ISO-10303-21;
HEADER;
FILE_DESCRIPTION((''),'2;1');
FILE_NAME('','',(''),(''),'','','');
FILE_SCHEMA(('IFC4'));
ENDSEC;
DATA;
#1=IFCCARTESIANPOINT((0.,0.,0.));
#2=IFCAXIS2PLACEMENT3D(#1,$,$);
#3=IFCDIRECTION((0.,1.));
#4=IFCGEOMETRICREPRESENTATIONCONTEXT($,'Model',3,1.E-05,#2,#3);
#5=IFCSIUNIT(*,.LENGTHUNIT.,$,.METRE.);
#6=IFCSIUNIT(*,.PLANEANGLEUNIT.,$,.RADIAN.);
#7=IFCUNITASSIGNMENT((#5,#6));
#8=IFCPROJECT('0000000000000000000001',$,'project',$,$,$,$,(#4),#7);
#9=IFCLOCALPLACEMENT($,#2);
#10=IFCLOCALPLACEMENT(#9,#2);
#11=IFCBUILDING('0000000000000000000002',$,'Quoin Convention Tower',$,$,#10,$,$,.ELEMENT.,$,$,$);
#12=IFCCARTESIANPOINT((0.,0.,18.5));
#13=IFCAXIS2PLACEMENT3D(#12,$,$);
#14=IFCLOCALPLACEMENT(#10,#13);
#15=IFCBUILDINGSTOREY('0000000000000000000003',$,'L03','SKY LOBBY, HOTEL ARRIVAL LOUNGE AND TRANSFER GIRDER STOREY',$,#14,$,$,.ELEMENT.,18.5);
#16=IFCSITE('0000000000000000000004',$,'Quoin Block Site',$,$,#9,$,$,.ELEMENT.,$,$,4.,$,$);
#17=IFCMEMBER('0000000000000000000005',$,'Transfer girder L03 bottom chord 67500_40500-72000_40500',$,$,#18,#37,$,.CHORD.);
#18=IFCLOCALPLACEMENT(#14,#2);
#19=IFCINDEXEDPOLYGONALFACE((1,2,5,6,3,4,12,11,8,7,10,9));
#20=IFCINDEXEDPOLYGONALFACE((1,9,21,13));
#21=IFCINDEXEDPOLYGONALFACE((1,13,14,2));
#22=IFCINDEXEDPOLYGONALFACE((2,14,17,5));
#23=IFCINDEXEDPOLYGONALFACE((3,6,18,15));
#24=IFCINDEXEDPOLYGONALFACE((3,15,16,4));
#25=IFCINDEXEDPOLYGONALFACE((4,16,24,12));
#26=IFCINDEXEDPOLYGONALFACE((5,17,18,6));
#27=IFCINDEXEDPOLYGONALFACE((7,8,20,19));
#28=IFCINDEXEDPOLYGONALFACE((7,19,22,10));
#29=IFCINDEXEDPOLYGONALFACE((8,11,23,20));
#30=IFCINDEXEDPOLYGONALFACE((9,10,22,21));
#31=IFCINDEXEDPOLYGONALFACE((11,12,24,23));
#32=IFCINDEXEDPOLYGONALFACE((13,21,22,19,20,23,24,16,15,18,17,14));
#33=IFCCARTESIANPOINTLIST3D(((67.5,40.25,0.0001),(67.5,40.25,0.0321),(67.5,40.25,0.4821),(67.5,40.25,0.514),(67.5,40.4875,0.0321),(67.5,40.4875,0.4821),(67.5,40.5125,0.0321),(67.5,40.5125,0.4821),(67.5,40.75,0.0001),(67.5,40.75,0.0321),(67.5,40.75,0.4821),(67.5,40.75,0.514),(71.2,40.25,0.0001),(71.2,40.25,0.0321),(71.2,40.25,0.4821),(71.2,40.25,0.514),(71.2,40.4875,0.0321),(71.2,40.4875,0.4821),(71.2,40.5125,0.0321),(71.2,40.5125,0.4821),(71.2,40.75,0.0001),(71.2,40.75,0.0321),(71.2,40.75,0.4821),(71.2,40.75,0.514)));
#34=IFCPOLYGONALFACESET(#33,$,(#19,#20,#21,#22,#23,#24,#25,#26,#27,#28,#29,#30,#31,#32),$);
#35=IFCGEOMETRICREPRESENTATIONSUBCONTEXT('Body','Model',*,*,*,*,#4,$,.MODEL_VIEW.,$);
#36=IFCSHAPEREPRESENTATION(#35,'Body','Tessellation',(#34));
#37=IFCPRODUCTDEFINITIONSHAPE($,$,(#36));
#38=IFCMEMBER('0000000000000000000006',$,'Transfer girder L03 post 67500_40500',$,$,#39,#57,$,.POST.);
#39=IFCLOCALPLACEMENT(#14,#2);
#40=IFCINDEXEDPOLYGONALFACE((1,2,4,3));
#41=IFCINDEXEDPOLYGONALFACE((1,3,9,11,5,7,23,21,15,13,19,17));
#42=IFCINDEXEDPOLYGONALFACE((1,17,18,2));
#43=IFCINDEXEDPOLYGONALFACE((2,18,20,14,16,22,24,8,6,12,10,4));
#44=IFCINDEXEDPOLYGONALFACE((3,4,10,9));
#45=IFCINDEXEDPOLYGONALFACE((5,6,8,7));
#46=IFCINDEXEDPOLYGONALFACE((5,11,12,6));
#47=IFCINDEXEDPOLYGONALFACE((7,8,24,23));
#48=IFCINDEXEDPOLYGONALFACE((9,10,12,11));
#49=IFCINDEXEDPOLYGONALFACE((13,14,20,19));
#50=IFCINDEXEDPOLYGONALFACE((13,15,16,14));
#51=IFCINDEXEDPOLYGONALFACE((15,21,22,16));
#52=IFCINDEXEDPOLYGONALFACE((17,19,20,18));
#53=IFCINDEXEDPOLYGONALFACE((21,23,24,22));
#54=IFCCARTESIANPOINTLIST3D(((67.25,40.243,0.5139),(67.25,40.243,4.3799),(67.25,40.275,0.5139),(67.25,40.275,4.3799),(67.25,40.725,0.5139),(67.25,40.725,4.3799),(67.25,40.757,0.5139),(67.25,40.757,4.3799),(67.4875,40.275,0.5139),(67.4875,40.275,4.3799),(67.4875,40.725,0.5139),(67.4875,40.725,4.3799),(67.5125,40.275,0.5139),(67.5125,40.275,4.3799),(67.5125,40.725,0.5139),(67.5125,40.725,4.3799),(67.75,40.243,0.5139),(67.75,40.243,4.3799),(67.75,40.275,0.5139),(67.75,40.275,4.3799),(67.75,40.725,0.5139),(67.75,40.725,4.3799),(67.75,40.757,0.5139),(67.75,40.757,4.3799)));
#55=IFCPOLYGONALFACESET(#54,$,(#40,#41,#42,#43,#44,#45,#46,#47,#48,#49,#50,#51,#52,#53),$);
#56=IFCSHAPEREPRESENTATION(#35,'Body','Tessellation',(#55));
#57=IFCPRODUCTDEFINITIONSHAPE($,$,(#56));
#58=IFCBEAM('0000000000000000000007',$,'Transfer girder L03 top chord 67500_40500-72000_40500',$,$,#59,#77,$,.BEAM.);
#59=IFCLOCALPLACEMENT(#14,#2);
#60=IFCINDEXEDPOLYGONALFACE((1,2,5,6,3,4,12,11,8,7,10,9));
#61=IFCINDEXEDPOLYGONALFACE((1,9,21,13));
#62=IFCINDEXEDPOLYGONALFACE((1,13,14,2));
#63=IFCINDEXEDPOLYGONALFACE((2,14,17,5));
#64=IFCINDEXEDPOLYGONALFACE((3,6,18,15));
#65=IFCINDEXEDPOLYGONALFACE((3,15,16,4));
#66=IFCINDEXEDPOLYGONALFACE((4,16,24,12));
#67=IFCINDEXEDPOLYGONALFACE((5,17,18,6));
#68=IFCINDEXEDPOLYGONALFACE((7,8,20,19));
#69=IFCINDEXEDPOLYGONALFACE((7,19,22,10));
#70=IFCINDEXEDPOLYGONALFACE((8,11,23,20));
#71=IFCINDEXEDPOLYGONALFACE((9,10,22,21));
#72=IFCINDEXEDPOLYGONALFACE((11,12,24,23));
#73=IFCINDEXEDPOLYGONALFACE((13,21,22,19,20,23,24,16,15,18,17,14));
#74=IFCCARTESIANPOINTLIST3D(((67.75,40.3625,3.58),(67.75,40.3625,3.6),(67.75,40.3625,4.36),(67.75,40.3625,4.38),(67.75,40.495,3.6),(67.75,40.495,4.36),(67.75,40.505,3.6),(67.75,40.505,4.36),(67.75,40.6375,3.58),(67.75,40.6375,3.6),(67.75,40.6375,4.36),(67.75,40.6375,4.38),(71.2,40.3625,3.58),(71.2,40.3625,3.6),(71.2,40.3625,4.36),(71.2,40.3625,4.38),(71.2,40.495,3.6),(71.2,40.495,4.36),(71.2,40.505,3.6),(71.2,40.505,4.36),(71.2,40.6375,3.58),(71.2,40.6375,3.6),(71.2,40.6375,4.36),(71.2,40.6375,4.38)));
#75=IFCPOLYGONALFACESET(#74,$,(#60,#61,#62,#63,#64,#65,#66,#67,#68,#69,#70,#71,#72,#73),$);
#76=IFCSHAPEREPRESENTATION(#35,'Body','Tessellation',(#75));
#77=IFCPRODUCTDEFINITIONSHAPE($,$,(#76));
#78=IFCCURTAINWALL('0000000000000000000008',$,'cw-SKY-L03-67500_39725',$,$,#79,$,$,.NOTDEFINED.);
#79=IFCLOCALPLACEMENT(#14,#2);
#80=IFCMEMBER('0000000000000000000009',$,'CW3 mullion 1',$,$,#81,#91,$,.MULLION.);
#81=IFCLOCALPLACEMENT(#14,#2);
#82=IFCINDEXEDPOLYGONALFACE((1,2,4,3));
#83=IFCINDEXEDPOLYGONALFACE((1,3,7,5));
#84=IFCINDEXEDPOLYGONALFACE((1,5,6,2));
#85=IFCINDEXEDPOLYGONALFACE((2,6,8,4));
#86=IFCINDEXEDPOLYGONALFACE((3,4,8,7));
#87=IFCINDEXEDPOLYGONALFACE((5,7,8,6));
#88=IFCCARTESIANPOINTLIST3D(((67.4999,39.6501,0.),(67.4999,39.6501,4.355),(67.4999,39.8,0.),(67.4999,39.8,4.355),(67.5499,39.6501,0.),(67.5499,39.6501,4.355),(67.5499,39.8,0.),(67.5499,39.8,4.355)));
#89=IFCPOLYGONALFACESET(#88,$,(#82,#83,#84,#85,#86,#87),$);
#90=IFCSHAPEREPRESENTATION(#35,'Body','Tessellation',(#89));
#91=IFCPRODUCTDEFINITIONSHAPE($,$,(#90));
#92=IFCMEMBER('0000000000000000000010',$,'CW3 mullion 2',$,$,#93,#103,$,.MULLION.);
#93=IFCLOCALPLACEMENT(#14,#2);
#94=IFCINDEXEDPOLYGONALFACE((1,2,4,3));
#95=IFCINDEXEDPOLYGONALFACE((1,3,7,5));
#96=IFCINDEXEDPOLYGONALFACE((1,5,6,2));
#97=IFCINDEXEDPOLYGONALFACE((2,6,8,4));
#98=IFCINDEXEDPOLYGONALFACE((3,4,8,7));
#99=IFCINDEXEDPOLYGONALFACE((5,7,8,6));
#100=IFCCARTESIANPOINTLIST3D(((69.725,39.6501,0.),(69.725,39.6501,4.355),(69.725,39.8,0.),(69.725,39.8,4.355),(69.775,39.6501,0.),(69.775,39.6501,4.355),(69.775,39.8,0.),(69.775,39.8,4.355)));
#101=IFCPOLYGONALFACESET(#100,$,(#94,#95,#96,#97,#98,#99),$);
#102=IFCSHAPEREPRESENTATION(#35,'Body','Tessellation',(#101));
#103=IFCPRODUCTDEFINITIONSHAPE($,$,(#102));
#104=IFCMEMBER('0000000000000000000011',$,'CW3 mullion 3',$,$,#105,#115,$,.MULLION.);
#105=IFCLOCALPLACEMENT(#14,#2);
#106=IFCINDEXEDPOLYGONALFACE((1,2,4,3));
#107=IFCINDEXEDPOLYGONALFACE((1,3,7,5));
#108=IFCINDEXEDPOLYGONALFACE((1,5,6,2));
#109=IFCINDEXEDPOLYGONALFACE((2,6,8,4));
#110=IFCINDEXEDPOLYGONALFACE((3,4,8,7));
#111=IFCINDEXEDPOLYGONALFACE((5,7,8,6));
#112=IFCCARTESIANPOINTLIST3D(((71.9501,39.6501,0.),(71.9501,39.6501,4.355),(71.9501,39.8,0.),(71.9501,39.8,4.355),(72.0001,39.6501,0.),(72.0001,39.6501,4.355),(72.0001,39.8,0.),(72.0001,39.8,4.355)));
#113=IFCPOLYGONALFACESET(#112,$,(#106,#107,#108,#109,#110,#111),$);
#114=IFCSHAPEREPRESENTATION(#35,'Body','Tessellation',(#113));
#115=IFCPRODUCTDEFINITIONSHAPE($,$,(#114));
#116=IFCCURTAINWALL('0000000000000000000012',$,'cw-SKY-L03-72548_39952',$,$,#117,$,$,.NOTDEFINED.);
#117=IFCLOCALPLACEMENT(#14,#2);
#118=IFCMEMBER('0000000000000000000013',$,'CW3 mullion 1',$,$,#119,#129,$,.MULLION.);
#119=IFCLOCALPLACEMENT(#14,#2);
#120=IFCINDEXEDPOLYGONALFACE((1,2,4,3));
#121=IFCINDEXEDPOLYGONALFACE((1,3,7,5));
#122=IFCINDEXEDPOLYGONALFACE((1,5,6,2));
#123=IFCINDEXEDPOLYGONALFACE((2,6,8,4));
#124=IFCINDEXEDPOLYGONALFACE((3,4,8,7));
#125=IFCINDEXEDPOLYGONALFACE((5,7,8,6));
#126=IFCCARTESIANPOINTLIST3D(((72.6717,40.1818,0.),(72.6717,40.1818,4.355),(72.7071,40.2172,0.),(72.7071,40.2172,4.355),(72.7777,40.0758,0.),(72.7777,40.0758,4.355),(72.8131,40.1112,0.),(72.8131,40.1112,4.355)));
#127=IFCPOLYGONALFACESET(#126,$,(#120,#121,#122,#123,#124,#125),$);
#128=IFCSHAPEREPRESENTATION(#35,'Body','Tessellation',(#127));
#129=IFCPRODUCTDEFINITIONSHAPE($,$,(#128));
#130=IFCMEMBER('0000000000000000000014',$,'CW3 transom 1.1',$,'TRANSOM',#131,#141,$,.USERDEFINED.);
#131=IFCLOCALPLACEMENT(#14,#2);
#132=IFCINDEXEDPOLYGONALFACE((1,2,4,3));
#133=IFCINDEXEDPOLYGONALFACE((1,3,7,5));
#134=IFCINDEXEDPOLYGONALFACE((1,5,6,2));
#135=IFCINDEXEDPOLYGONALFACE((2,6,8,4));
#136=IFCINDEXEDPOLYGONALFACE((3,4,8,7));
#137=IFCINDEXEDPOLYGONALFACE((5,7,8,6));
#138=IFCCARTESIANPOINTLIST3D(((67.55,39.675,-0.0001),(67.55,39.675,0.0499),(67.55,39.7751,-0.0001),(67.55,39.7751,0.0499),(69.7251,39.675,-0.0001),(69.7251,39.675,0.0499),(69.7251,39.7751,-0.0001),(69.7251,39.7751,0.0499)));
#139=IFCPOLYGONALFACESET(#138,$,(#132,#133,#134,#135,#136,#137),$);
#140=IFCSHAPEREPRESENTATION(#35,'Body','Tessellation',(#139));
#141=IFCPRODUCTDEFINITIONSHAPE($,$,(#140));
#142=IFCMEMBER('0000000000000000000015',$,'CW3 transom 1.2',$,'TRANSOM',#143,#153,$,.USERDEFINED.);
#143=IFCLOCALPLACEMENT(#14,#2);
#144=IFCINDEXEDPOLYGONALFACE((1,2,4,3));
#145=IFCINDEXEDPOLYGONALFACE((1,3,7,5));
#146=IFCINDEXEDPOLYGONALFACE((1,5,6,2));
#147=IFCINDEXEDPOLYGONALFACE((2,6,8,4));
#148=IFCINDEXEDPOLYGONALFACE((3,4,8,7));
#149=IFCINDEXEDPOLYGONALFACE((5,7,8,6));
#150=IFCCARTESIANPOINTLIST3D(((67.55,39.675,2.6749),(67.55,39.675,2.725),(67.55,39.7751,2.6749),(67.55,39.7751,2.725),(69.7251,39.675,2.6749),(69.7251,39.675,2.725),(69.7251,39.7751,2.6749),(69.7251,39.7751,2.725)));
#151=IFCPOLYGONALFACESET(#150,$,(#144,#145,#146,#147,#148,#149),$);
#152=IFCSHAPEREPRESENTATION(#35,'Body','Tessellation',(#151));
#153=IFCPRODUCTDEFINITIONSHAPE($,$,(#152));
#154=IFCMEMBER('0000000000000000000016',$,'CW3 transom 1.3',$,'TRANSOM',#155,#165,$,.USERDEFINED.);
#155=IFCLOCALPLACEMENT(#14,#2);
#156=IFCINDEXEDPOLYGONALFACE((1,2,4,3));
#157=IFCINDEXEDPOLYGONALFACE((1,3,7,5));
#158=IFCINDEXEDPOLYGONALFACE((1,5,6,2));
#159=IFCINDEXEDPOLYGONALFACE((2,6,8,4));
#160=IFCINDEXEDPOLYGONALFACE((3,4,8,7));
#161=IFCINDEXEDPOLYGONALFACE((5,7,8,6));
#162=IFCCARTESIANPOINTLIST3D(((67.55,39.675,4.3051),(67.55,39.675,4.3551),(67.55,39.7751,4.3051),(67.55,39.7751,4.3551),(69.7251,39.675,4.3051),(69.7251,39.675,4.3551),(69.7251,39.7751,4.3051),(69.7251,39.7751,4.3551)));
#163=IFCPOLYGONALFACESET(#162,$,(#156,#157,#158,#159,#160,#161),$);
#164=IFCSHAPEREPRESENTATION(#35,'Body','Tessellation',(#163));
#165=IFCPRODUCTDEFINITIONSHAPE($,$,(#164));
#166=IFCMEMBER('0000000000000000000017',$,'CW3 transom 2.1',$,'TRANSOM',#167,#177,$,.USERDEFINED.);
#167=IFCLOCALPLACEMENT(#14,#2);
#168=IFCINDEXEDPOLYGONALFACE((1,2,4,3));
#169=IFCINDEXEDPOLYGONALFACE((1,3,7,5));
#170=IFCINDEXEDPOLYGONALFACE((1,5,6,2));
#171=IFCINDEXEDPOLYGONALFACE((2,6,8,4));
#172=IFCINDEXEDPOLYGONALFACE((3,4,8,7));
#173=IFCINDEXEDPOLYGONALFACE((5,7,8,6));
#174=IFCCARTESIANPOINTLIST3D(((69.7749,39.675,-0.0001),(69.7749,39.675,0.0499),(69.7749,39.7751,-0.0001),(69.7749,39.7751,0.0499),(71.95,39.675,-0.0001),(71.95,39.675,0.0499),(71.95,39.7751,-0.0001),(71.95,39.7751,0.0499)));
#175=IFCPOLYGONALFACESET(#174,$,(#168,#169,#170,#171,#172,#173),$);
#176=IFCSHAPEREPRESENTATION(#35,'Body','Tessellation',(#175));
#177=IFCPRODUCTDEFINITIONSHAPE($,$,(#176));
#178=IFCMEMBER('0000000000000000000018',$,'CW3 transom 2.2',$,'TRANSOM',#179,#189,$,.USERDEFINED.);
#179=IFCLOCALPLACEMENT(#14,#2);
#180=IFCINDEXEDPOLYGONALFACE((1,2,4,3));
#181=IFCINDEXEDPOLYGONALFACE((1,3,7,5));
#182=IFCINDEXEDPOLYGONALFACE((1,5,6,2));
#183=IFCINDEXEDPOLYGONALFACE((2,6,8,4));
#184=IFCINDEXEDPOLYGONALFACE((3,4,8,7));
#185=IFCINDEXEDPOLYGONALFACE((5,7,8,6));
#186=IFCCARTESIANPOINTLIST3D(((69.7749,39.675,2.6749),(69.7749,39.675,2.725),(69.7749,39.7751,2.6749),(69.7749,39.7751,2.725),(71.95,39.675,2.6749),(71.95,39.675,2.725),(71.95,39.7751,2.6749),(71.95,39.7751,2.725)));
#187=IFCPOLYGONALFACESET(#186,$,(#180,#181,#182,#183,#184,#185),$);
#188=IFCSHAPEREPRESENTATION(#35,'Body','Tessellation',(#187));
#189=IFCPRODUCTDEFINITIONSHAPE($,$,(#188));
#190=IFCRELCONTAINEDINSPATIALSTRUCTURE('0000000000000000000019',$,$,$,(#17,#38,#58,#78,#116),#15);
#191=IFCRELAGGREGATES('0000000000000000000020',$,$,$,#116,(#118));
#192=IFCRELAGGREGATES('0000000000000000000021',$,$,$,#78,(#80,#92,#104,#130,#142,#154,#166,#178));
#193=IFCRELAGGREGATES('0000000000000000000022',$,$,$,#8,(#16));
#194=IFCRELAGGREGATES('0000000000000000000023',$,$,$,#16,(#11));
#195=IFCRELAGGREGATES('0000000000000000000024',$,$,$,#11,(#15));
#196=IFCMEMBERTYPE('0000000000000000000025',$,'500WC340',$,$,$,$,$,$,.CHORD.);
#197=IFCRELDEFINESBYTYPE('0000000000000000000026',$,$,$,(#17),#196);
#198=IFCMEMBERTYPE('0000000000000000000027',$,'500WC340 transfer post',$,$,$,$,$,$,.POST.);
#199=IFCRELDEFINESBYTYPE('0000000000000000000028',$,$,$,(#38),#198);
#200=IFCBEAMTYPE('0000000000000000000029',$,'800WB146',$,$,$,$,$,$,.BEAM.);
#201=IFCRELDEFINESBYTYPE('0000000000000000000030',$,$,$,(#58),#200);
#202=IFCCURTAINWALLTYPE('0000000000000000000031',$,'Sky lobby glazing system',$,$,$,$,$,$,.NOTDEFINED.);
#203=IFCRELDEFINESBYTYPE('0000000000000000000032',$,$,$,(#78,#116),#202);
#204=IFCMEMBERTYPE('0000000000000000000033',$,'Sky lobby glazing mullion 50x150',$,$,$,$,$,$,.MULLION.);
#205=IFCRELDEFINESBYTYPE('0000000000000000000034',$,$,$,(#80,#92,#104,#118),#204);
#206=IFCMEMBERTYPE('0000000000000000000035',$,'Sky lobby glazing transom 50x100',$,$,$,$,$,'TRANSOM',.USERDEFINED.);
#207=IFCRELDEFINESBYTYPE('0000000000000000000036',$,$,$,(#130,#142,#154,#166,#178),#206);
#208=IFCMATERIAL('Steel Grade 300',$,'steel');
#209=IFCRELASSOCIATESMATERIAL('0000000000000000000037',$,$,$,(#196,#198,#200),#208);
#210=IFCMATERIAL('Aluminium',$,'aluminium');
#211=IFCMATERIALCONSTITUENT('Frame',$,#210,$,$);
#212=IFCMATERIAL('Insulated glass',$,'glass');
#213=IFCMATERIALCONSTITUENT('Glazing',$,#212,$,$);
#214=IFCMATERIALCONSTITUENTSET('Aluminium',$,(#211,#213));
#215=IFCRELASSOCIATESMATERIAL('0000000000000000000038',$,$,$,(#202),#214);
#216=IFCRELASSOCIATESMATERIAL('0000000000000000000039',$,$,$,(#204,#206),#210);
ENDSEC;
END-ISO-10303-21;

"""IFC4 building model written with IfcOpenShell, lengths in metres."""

from ifc_helpers import new_model, si_unit, direction, frame, origin, origin_2d, place, context, subcontext, project, spatial, rectangle, i_section, extrude, material, constituent, constituent_set, material_profile, profile_set, type_object, element, aggregate, save


model = new_model("IFC4")

# Units and contexts
model_context = context("Model", 3, precision=1e-05, world=origin(), true_north=direction((0.0, 1.0)))
body_context = subcontext(model_context, "Body", "Model", "MODEL_VIEW")
ifc_project = project(units=[si_unit("LENGTHUNIT", "METRE"), si_unit("PLANEANGLEUNIT", "RADIAN")], contexts=[model_context])

# Site, building, storey
site_placement = place(None, origin())
site = spatial("IfcSite", under=ifc_project, at=site_placement, Name="Quoin Block Site", CompositionType="ELEMENT", RefElevation=4.0)
building_placement = place(site_placement, origin())
building = spatial("IfcBuilding", under=site, at=building_placement, Name="Quoin Convention Tower", CompositionType="ELEMENT")
storey_placement = place(building_placement, frame((0.0, 0.0, 18.5)))
storey = spatial("IfcBuildingStorey", under=building, at=storey_placement, Name="L03", Description="SKY LOBBY, HOTEL ARRIVAL LOUNGE AND TRANSFER GIRDER STOREY", CompositionType="ELEMENT", Elevation=18.5)

# Members
ifc_material_1 = material(Name="Steel Grade 300", Category="steel")
ifc_material_profile_1 = material_profile(ifc_material_1, i_section(OverallWidth=0.5, OverallDepth=0.5139, WebThickness=0.0249, FlangeThickness=0.032, at=origin_2d()), Name="500WC340")
ifc_profile_set_1 = profile_set([ifc_material_profile_1], Name="Steel Grade 300")
member_type_1 = type_object("IfcMemberType", Name="500WC340", PredefinedType="CHORD", material=ifc_profile_set_1)
member_1_placement = place(storey_placement, frame((67.5, 40.5, 0.2571), z_axis=(1.0, 0.0, 0.0), x_axis=(0.0, 1.0, 0.0)))
element("IfcMember", 1, at=member_1_placement, inside=storey, type_object=member_type_1, Name="Transfer girder L03 bottom chord 67500_40500-72000_40500", PredefinedType="CHORD", context=body_context, shape_type="SweptSolid", body=[
    extrude(i_section(OverallWidth=0.5, OverallDepth=0.5139, WebThickness=0.0249, FlangeThickness=0.032, at=origin_2d()), origin(), (0.0, 0.0, 1.0), 3.7),
])
ifc_material_profile_2 = material_profile(ifc_material_1, i_section(OverallWidth=0.5, OverallDepth=0.5139, WebThickness=0.0249, FlangeThickness=0.032, at=origin_2d()), Name="500WC340")
ifc_profile_set_2 = profile_set([ifc_material_profile_2], Name="Steel Grade 300")
member_type_2 = type_object("IfcMemberType", Name="500WC340 transfer post", PredefinedType="POST", material=ifc_profile_set_2)
member_2_placement = place(storey_placement, frame((67.5, 40.5, 0.5139), z_axis=(0.0, 0.0, 1.0), x_axis=(1.0, 0.0, 0.0)))
element("IfcMember", 2, at=member_2_placement, inside=storey, type_object=member_type_2, Name="Transfer girder L03 post 67500_40500", PredefinedType="POST", context=body_context, shape_type="SweptSolid", body=[
    extrude(i_section(OverallWidth=0.5, OverallDepth=0.5139, WebThickness=0.0249, FlangeThickness=0.032, at=origin_2d()), origin(), (0.0, 0.0, 1.0), 3.866),
])

# Beam
ifc_material_profile_3 = material_profile(ifc_material_1, i_section(OverallWidth=0.2749, OverallDepth=0.8, WebThickness=0.01, FlangeThickness=0.02, at=origin_2d()), Name="800WB146")
ifc_profile_set_3 = profile_set([ifc_material_profile_3], Name="Steel Grade 300")
beam_type = type_object("IfcBeamType", Name="800WB146", PredefinedType="BEAM", material=ifc_profile_set_3)
beam_placement = place(storey_placement, frame((67.75, 40.5, 3.98), z_axis=(1.0, 0.0, 0.0), x_axis=(0.0, 1.0, 0.0)))
element("IfcBeam", 3, at=beam_placement, inside=storey, type_object=beam_type, Name="Transfer girder L03 top chord 67500_40500-72000_40500", PredefinedType="BEAM", context=body_context, shape_type="SweptSolid", body=[
    extrude(i_section(OverallWidth=0.2749, OverallDepth=0.8, WebThickness=0.01, FlangeThickness=0.02, at=origin_2d()), origin(), (0.0, 0.0, 1.0), 3.45),
])

# Curtain wall, members
ifc_material_2 = material(Name="Aluminium", Category="aluminium")
ifc_constituent_1 = constituent(ifc_material_2, Name="Frame")
ifc_material_3 = material(Name="Insulated glass", Category="glass")
ifc_constituent_2 = constituent(ifc_material_3, Name="Glazing")
ifc_constituent_set = constituent_set(constituents=[ifc_constituent_1, ifc_constituent_2], Name="Aluminium")
curtain_wall_type = type_object("IfcCurtainWallType", Name="Sky lobby glazing system", PredefinedType="NOTDEFINED", material=ifc_constituent_set)
curtain_wall_1_placement = place(storey_placement, origin())
curtain_wall_1 = element("IfcCurtainWall", 4, at=curtain_wall_1_placement, inside=storey, type_object=curtain_wall_type, Name="cw-SKY-L03-67500_39725", PredefinedType="NOTDEFINED")
ifc_material_profile_4 = material_profile(ifc_material_2, rectangle(XDim=0.1499, YDim=0.05, at=origin_2d()), Name="Sky lobby glazing mullion 50x150")
ifc_profile_set_4 = profile_set([ifc_material_profile_4], Name="Aluminium")
member_type_3 = type_object("IfcMemberType", Name="Sky lobby glazing mullion 50x150", PredefinedType="MULLION", material=ifc_profile_set_4)
member_3_placement = place(storey_placement, frame((67.5249, 39.7251, 0.0), z_axis=(0.0, 0.0, 1.0), x_axis=(0.0, 1.0, 0.0)))
member_3 = element("IfcMember", 5, at=member_3_placement, type_object=member_type_3, Name="CW3 mullion 1", PredefinedType="MULLION", context=body_context, shape_type="SweptSolid", body=[
    extrude(rectangle(XDim=0.1499, YDim=0.05, at=origin_2d()), origin(), (0.0, 0.0, 1.0), 4.355),
])
member_4_placement = place(storey_placement, frame((69.75, 39.7251, 0.0), z_axis=(0.0, 0.0, 1.0), x_axis=(0.0, 1.0, 0.0)))
member_4 = element("IfcMember", 6, at=member_4_placement, type_object=member_type_3, Name="CW3 mullion 2", PredefinedType="MULLION", context=body_context, shape_type="SweptSolid", body=[
    extrude(rectangle(XDim=0.1499, YDim=0.05, at=origin_2d()), origin(), (0.0, 0.0, 1.0), 4.355),
])
member_5_placement = place(storey_placement, frame((71.9751, 39.7251, 0.0), z_axis=(0.0, 0.0, 1.0), x_axis=(0.0, 1.0, 0.0)))
member_5 = element("IfcMember", 7, at=member_5_placement, type_object=member_type_3, Name="CW3 mullion 3", PredefinedType="MULLION", context=body_context, shape_type="SweptSolid", body=[
    extrude(rectangle(XDim=0.1499, YDim=0.05, at=origin_2d()), origin(), (0.0, 0.0, 1.0), 4.355),
])

# Curtain wall, member
curtain_wall_2_placement = place(storey_placement, origin())
curtain_wall_2 = element("IfcCurtainWall", 8, at=curtain_wall_2_placement, inside=storey, type_object=curtain_wall_type, Name="cw-SKY-L03-72548_39952", PredefinedType="NOTDEFINED")
member_6_placement = place(storey_placement, frame((72.7424, 40.1465, 0.0), z_axis=(0.0, 0.0, 1.0), x_axis=(-0.707107, 0.707107, 0.0)))
member_6 = element("IfcMember", 9, at=member_6_placement, type_object=member_type_3, Name="CW3 mullion 1", PredefinedType="MULLION", context=body_context, shape_type="SweptSolid", body=[
    extrude(rectangle(XDim=0.1499, YDim=0.05, at=origin_2d()), origin(), (0.0, 0.0, 1.0), 4.355),
])

# Members
ifc_material_profile_5 = material_profile(ifc_material_2, rectangle(XDim=0.1001, YDim=0.05, at=origin_2d()), Name="Sky lobby glazing transom 50x100")
ifc_profile_set_5 = profile_set([ifc_material_profile_5], Name="Aluminium")
member_type_4 = type_object("IfcMemberType", Name="Sky lobby glazing transom 50x100", ElementType="TRANSOM", PredefinedType="USERDEFINED", material=ifc_profile_set_5)
member_7_placement = place(storey_placement, frame((67.55, 39.7251, 0.0249), z_axis=(1.0, 0.0, 0.0), x_axis=(0.0, 1.0, 0.0)))
member_7 = element("IfcMember", 10, at=member_7_placement, type_object=member_type_4, Name="CW3 transom 1.1", ObjectType="TRANSOM", PredefinedType="USERDEFINED", context=body_context, shape_type="SweptSolid", body=[
    extrude(rectangle(XDim=0.1001, YDim=0.05, at=origin_2d()), origin(), (0.0, 0.0, 1.0), 2.175),
])
member_8_placement = place(storey_placement, frame((67.55, 39.7251, 2.7), z_axis=(1.0, 0.0, 0.0), x_axis=(0.0, 1.0, 0.0)))
member_8 = element("IfcMember", 11, at=member_8_placement, type_object=member_type_4, Name="CW3 transom 1.2", ObjectType="TRANSOM", PredefinedType="USERDEFINED", context=body_context, shape_type="SweptSolid", body=[
    extrude(rectangle(XDim=0.1001, YDim=0.05, at=origin_2d()), origin(), (0.0, 0.0, 1.0), 2.175),
])
member_9_placement = place(storey_placement, frame((67.55, 39.7251, 4.3301), z_axis=(1.0, 0.0, 0.0), x_axis=(0.0, 1.0, 0.0)))
member_9 = element("IfcMember", 12, at=member_9_placement, type_object=member_type_4, Name="CW3 transom 1.3", ObjectType="TRANSOM", PredefinedType="USERDEFINED", context=body_context, shape_type="SweptSolid", body=[
    extrude(rectangle(XDim=0.1001, YDim=0.05, at=origin_2d()), origin(), (0.0, 0.0, 1.0), 2.175),
])
member_10_placement = place(storey_placement, frame((69.7749, 39.7251, 0.0249), z_axis=(1.0, 0.0, 0.0), x_axis=(0.0, 1.0, 0.0)))
member_10 = element("IfcMember", 13, at=member_10_placement, type_object=member_type_4, Name="CW3 transom 2.1", ObjectType="TRANSOM", PredefinedType="USERDEFINED", context=body_context, shape_type="SweptSolid", body=[
    extrude(rectangle(XDim=0.1001, YDim=0.05, at=origin_2d()), origin(), (0.0, 0.0, 1.0), 2.175),
])
member_11_placement = place(storey_placement, frame((69.7749, 39.7251, 2.7), z_axis=(1.0, 0.0, 0.0), x_axis=(0.0, 1.0, 0.0)))
member_11 = element("IfcMember", 14, at=member_11_placement, type_object=member_type_4, Name="CW3 transom 2.2", ObjectType="TRANSOM", PredefinedType="USERDEFINED", context=body_context, shape_type="SweptSolid", body=[
    extrude(rectangle(XDim=0.1001, YDim=0.05, at=origin_2d()), origin(), (0.0, 0.0, 1.0), 2.175),
])
aggregate(curtain_wall_2, [member_6])

aggregate(curtain_wall_1, [member_3, member_4, member_5, member_7, member_8, member_9, member_10, member_11])

save(model, "model.ifc")
